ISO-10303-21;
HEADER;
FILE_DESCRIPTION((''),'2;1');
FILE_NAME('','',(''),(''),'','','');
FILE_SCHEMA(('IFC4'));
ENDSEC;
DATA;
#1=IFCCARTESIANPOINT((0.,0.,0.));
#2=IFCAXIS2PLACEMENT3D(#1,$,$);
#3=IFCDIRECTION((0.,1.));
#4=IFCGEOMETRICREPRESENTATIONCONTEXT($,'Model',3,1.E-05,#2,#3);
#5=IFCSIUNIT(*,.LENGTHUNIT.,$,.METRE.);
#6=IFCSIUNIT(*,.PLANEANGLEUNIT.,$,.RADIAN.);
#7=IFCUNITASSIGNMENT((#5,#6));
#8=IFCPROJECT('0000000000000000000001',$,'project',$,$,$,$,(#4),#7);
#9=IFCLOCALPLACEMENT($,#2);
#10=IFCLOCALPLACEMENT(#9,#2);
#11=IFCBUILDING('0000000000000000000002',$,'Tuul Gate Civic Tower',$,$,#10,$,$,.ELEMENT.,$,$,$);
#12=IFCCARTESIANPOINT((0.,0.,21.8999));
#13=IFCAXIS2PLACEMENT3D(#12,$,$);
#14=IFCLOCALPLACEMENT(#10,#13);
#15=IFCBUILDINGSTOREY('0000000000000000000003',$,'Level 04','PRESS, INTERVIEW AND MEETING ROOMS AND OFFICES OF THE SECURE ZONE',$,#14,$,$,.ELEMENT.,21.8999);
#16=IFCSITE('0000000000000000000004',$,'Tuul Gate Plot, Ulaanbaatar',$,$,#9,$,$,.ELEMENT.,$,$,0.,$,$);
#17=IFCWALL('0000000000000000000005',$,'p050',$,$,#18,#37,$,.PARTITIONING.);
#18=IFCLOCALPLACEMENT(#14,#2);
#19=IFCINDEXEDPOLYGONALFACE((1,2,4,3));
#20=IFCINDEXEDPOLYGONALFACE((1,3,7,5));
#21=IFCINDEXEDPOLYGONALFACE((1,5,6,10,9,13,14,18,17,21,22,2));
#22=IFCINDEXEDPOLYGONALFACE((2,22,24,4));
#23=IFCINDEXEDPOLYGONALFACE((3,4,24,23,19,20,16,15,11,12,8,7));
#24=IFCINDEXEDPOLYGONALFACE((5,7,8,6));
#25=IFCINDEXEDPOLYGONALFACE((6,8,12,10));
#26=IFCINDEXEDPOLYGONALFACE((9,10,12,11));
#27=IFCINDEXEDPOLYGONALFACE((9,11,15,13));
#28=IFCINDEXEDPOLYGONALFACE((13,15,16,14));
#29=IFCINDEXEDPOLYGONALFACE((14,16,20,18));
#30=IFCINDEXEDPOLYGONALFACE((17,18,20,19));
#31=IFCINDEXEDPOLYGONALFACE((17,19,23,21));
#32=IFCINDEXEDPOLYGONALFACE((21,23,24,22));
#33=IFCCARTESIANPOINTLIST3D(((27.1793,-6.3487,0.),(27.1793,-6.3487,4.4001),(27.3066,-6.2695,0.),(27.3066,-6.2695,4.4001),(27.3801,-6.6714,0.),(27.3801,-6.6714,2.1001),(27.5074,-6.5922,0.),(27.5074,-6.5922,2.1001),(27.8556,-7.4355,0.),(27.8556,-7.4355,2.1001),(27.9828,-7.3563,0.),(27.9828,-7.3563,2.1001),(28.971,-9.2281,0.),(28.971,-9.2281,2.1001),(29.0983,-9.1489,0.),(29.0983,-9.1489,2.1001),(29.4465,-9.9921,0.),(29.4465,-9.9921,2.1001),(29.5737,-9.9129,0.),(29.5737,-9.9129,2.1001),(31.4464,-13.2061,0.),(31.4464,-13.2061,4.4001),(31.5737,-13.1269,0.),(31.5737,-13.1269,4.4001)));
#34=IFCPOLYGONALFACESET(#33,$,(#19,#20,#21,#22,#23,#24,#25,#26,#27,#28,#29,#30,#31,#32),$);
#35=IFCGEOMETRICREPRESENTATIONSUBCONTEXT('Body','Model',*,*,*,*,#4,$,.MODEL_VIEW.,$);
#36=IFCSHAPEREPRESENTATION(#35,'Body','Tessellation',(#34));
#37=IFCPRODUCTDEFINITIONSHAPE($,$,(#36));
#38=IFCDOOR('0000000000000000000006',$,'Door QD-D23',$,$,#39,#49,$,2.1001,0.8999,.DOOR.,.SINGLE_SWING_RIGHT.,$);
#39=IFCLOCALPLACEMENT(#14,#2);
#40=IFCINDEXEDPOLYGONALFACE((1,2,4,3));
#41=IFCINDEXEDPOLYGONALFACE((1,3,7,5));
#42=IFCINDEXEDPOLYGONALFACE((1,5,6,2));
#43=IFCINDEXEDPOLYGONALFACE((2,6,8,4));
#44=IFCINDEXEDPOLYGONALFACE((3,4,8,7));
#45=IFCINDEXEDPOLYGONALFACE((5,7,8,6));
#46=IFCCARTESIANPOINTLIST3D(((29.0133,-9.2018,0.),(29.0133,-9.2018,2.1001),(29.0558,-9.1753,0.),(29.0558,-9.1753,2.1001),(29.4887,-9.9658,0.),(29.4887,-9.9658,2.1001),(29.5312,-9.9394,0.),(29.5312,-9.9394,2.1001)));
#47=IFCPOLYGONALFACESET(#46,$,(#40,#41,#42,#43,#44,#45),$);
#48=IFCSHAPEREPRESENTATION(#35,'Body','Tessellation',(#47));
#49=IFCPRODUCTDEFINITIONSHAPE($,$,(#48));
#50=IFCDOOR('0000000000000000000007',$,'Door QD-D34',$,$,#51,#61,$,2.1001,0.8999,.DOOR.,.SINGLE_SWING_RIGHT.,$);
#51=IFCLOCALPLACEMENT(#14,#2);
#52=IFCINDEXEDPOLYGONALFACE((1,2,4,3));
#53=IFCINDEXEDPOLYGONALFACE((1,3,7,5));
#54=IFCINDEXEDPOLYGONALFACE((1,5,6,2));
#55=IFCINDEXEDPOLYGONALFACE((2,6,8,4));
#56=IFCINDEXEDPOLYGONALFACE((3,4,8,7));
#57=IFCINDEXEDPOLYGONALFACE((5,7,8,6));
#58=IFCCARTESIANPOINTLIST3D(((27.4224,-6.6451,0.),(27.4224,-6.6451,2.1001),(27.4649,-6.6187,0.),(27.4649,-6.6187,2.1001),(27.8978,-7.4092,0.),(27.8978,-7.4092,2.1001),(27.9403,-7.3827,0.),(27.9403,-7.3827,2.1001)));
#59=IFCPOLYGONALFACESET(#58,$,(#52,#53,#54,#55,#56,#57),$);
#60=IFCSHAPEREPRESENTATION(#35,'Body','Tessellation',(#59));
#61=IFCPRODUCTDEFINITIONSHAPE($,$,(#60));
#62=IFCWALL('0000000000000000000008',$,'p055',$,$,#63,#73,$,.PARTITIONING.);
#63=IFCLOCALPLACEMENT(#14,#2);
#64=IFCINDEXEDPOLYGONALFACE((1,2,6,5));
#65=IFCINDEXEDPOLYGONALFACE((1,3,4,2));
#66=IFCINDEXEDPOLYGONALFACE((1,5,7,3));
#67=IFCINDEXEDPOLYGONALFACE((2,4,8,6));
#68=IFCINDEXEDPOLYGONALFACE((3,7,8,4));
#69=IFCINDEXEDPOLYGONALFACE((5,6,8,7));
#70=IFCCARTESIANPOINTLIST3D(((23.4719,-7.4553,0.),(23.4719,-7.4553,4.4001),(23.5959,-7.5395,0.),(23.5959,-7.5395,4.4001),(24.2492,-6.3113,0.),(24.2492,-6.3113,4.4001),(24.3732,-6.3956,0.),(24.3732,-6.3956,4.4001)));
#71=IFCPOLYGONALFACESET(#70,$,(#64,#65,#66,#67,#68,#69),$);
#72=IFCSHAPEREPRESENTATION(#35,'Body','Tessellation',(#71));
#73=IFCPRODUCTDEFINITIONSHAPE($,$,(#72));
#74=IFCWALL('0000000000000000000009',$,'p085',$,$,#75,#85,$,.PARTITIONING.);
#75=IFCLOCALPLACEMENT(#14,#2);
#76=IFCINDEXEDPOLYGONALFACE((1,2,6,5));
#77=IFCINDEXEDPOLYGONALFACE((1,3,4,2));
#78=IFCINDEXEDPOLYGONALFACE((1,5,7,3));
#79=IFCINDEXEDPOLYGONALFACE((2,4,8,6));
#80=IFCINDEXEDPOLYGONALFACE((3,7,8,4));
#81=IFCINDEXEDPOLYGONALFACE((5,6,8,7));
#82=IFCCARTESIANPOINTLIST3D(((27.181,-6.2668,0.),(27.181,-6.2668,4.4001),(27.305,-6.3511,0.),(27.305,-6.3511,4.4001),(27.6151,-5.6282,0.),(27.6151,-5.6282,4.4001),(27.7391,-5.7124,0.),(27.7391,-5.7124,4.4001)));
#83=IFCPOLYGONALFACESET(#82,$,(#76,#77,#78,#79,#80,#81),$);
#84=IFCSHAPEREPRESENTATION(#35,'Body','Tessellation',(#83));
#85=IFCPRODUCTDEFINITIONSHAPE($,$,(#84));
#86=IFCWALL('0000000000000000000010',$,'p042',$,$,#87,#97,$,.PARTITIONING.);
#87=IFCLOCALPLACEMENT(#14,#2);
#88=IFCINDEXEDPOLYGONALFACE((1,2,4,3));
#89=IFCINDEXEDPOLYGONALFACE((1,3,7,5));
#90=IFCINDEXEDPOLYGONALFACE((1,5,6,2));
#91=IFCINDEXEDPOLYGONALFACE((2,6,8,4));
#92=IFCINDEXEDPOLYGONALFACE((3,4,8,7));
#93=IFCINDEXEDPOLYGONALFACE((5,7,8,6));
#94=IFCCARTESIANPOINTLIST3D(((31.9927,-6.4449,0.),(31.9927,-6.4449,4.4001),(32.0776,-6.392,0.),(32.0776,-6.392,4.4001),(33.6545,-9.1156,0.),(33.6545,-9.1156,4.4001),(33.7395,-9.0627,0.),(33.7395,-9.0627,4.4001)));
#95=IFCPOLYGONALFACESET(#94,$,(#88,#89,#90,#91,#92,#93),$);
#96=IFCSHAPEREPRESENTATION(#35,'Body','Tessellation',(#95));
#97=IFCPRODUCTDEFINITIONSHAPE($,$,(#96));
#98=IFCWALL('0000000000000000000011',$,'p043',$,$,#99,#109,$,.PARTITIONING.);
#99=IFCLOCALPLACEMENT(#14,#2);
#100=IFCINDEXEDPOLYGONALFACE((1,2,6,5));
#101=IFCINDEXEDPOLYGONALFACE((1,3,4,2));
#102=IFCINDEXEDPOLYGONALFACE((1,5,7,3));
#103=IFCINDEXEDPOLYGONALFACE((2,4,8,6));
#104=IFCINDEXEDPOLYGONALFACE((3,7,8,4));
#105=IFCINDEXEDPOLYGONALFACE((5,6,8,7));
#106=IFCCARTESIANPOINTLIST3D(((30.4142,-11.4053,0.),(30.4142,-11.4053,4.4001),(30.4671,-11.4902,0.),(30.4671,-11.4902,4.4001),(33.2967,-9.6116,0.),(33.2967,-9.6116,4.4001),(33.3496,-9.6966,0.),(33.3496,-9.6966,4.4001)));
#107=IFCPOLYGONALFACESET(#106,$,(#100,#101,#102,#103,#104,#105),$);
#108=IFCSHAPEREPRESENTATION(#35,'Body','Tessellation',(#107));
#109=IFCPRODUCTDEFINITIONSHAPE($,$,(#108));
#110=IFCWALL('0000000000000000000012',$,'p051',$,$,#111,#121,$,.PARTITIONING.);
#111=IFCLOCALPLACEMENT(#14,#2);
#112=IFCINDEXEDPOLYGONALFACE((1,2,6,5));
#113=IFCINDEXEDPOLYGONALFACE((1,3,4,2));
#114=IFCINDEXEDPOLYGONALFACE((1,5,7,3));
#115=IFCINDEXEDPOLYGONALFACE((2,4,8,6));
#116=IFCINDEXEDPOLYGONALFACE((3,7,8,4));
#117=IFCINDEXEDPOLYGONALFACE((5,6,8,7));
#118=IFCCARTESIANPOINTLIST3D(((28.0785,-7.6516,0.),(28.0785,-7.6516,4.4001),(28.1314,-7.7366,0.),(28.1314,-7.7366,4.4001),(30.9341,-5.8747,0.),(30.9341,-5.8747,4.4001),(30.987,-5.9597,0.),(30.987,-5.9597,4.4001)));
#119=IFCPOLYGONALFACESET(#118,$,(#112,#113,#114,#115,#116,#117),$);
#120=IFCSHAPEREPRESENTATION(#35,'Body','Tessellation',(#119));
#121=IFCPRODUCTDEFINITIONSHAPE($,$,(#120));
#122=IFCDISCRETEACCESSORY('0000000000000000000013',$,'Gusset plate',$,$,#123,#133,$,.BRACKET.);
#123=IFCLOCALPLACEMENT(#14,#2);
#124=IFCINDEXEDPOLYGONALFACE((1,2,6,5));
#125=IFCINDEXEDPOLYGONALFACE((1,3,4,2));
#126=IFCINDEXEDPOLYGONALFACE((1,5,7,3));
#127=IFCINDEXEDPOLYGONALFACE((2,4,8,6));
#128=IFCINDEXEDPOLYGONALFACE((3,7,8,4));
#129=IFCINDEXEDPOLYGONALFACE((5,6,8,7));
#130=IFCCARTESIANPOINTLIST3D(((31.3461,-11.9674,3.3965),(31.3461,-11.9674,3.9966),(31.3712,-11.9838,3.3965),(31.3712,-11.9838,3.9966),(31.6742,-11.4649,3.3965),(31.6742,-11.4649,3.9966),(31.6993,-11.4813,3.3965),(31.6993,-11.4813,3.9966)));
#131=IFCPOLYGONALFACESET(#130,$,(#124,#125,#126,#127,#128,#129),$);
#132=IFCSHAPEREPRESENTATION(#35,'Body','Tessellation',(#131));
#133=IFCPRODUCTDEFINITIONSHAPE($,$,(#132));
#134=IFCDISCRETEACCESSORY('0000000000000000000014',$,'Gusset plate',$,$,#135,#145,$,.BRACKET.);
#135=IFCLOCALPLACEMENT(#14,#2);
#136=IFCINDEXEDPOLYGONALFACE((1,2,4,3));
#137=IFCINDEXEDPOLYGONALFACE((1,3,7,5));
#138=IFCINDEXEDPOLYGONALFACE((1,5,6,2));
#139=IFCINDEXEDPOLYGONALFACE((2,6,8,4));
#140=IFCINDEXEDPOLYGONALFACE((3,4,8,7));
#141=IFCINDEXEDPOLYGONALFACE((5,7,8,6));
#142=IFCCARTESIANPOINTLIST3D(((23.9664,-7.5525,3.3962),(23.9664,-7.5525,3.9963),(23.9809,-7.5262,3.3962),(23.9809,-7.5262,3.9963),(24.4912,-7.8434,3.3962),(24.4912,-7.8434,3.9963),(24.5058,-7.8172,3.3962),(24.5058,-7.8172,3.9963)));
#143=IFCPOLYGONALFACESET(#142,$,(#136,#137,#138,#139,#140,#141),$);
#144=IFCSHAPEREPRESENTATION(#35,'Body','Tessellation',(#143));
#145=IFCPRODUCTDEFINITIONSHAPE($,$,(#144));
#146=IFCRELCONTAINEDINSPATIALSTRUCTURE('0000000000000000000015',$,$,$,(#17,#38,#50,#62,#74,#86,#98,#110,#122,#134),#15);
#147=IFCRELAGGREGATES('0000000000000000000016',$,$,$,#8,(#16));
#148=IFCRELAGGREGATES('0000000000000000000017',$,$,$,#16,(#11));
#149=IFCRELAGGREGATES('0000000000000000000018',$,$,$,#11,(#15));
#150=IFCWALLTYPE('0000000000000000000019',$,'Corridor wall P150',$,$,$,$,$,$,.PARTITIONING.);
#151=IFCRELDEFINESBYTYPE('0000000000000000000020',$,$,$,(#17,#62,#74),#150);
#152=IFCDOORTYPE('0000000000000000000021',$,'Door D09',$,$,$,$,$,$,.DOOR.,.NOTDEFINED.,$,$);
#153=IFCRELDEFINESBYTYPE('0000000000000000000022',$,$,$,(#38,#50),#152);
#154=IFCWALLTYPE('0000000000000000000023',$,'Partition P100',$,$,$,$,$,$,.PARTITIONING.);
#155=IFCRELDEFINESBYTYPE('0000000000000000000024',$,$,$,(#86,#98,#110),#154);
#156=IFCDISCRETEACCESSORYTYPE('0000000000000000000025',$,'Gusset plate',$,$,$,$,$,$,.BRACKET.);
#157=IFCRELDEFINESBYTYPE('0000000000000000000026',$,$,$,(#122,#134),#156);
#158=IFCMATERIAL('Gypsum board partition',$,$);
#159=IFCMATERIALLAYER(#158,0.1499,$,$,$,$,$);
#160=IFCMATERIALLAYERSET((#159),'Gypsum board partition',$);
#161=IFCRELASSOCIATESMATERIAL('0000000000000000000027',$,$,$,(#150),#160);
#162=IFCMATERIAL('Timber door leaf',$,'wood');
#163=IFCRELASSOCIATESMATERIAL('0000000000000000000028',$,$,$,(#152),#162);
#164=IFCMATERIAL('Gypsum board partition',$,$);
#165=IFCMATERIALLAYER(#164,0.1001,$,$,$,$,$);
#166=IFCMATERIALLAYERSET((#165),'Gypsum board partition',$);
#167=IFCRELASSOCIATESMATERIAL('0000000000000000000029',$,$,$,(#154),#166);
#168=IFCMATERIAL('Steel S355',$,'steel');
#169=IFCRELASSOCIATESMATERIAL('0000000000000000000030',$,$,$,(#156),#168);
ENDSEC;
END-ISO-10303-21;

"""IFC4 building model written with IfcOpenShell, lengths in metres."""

from ifc_helpers import new_model, si_unit, direction, frame, frame_2d, origin, origin_2d, place, context, subcontext, project, spatial, rectangle, extrude, material, layer, layer_set, type_object, element, fill, save


model = new_model("IFC4")

# Units and contexts
model_context = context("Model", 3, precision=1e-05, world=origin(), true_north=direction((0.0, 1.0)))
body_context = subcontext(model_context, "Body", "Model", "MODEL_VIEW")
ifc_project = project(units=[si_unit("LENGTHUNIT", "METRE"), si_unit("PLANEANGLEUNIT", "RADIAN")], contexts=[model_context])

# Site, building, storey
site_placement = place(None, origin())
site = spatial("IfcSite", under=ifc_project, at=site_placement, Name="Tuul Gate Plot, Ulaanbaatar", CompositionType="ELEMENT", RefElevation=0.0)
building_placement = place(site_placement, origin())
building = spatial("IfcBuilding", under=site, at=building_placement, Name="Tuul Gate Civic Tower", CompositionType="ELEMENT")
storey_placement = place(building_placement, frame((0.0, 0.0, 21.8999)))
storey = spatial("IfcBuildingStorey", under=building, at=storey_placement, Name="Level 04", Description="PRESS, INTERVIEW AND MEETING ROOMS AND OFFICES OF THE SECURE ZONE", CompositionType="ELEMENT", Elevation=21.8999)

# Wall, openings, doors
ifc_material_1 = material(Name="Gypsum board partition")
ifc_layer_1 = layer(ifc_material_1, 0.1499)
ifc_layer_set_1 = layer_set([ifc_layer_1], Name="Gypsum board partition")
wall_type_1 = type_object("IfcWallType", Name="Corridor wall P150", PredefinedType="PARTITIONING", material=ifc_layer_set_1)
wall_1_placement = place(storey_placement, frame((27.2429, -6.3091, 0.0), z_axis=(0.0, 0.0, 1.0), x_axis=(0.528324, -0.849043, 0.0)))
wall_1 = element("IfcWall", 1, at=wall_1_placement, inside=storey, type_object=wall_type_1, Name="p050", PredefinedType="PARTITIONING", context=body_context, shape_type="SweptSolid", body=[
    extrude(rectangle(XDim=8.0767, YDim=0.1499, at=frame_2d((4.0383, 0.0))), origin(), (0.0, 0.0, 1.0), 4.4001),
])
opening_1_placement = place(wall_1_placement, frame((3.3914, 0.0, 0.0)))
opening_1 = element("IfcOpeningElement", 2, at=opening_1_placement, cuts=wall_1, PredefinedType="OPENING", context=body_context, shape_type="SweptSolid", body=[
    extrude(rectangle(XDim=0.8999, YDim=2.1001, at=frame_2d((0.45, 1.05))), frame((0.0, 0.085, 0.0), z_axis=(0.0, -1.0, 0.0), x_axis=(1.0, 0.0, 0.0)), (0.0, 0.0, 1.0), 0.1699),
])
opening_2_placement = place(wall_1_placement, frame((0.3801, 0.0, 0.0)))
opening_2 = element("IfcOpeningElement", 3, at=opening_2_placement, cuts=wall_1, PredefinedType="OPENING", context=body_context, shape_type="SweptSolid", body=[
    extrude(rectangle(XDim=0.8999, YDim=2.1001, at=frame_2d((0.45, 1.05))), frame((0.0, 0.085, 0.0), z_axis=(0.0, -1.0, 0.0), x_axis=(1.0, 0.0, 0.0)), (0.0, 0.0, 1.0), 0.1699),
])
ifc_material_2 = material(Name="Timber door leaf", Category="wood")
door_type_1 = type_object("IfcDoorType", Name="Door D09", OperationType="NOTDEFINED", PredefinedType="DOOR", material=ifc_material_2)
door_1_placement = place(opening_1_placement, origin())
door_1 = element("IfcDoor", 4, at=door_1_placement, inside=storey, type_object=door_type_1, Name="Door QD-D23", OperationType="SINGLE_SWING_RIGHT", OverallHeight=2.1001, OverallWidth=0.8999, PredefinedType="DOOR", context=body_context, shape_type="SweptSolid", body=[
    extrude(rectangle(XDim=0.8999, YDim=2.1001, at=frame_2d((0.45, 1.05))), frame((0.0, 0.0249, 0.0), z_axis=(0.0, -1.0, 0.0), x_axis=(1.0, 0.0, 0.0)), (0.0, 0.0, 1.0), 0.05),
])
fill(opening_1, door_1)
door_2_placement = place(opening_2_placement, origin())
door_2 = element("IfcDoor", 5, at=door_2_placement, inside=storey, type_object=door_type_1, Name="Door QD-D34", OperationType="SINGLE_SWING_RIGHT", OverallHeight=2.1001, OverallWidth=0.8999, PredefinedType="DOOR", context=body_context, shape_type="SweptSolid", body=[
    extrude(rectangle(XDim=0.8999, YDim=2.1001, at=frame_2d((0.45, 1.05))), frame((0.0, 0.0249, 0.0), z_axis=(0.0, -1.0, 0.0), x_axis=(1.0, 0.0, 0.0)), (0.0, 0.0, 1.0), 0.05),
])
fill(opening_2, door_2)

# Walls
wall_2_placement = place(storey_placement, frame((23.5339, -7.4973, 0.0), z_axis=(0.0, 0.0, 1.0), x_axis=(0.562011, 0.82713, 0.0)))
element("IfcWall", 6, at=wall_2_placement, inside=storey, type_object=wall_type_1, Name="p055", PredefinedType="PARTITIONING", context=body_context, shape_type="SweptSolid", body=[
    extrude(rectangle(XDim=1.3831, YDim=0.1499, at=frame_2d((0.6914, 0.0))), origin(), (0.0, 0.0, 1.0), 4.4001),
])
wall_3_placement = place(storey_placement, frame((27.2429, -6.3091, 0.0), z_axis=(0.0, 0.0, 1.0), x_axis=(0.56212, 0.827056, 0.0)))
element("IfcWall", 7, at=wall_3_placement, inside=storey, type_object=wall_type_1, Name="p085", PredefinedType="PARTITIONING", context=body_context, shape_type="SweptSolid", body=[
    extrude(rectangle(XDim=0.7722, YDim=0.1499, at=frame_2d((0.3862, 0.0))), origin(), (0.0, 0.0, 1.0), 4.4001),
])
ifc_material_3 = material(Name="Gypsum board partition")
ifc_layer_2 = layer(ifc_material_3, 0.1001)
ifc_layer_set_2 = layer_set([ifc_layer_2], Name="Gypsum board partition")
wall_type_2 = type_object("IfcWallType", Name="Partition P100", PredefinedType="PARTITIONING", material=ifc_layer_set_2)
wall_4_placement = place(storey_placement, frame((32.0352, -6.4185, 0.0), z_axis=(0.0, 0.0, 1.0), x_axis=(0.52833, -0.849039, 0.0)))
element("IfcWall", 8, at=wall_4_placement, inside=storey, type_object=wall_type_2, Name="p042", PredefinedType="PARTITIONING", context=body_context, shape_type="SweptSolid", body=[
    extrude(rectangle(XDim=3.1455, YDim=0.1001, at=frame_2d((1.5728, 0.0))), origin(), (0.0, 0.0, 1.0), 4.4001),
])
wall_5_placement = place(storey_placement, frame((30.4407, -11.4478, 0.0), z_axis=(0.0, 0.0, 1.0), x_axis=(0.849043, 0.528324, 0.0)))
element("IfcWall", 9, at=wall_5_placement, inside=storey, type_object=wall_type_2, Name="p043", PredefinedType="PARTITIONING", context=body_context, shape_type="SweptSolid", body=[
    extrude(rectangle(XDim=3.395, YDim=0.1001, at=frame_2d((1.6975, 0.0))), origin(), (0.0, 0.0, 1.0), 4.4001),
])
wall_6_placement = place(storey_placement, frame((28.105, -7.6941, 0.0), z_axis=(0.0, 0.0, 1.0), x_axis=(0.849041, 0.528327, 0.0)))
element("IfcWall", 10, at=wall_6_placement, inside=storey, type_object=wall_type_2, Name="p051", PredefinedType="PARTITIONING", context=body_context, shape_type="SweptSolid", body=[
    extrude(rectangle(XDim=3.3633, YDim=0.1001, at=frame_2d((1.6816, 0.0))), origin(), (0.0, 0.0, 1.0), 4.4001),
])

# Discrete accessories
ifc_material_4 = material(Name="Steel S355", Category="steel")
discrete_accessory_type = type_object("IfcDiscreteAccessoryType", Name="Gusset plate", PredefinedType="BRACKET", material=ifc_material_4)
for number, where, z_axis, x_axis, name in (
    (11, (31.5227, -11.7244, 3.3965), (0.0, 0.0, 1.0), (0.546705, 0.837325, 0.0), "Gusset plate"),
    (12, (24.2361, -7.6848, 3.3962), (0.0, 0.0, 1.0), (0.874597, -0.484851, 0.0), "Gusset plate"),
):
    element("IfcDiscreteAccessory", number, at=place(storey_placement, frame(where, z_axis=z_axis, x_axis=x_axis)), inside=storey, type_object=discrete_accessory_type, Name=name, PredefinedType="BRACKET", context=body_context, shape_type="SweptSolid", body=[
        extrude(rectangle(XDim=0.6001, YDim=0.03, at=origin_2d()), origin(), (0.0, 0.0, 1.0), 0.6001),
    ])

save(model, "model.ifc")
